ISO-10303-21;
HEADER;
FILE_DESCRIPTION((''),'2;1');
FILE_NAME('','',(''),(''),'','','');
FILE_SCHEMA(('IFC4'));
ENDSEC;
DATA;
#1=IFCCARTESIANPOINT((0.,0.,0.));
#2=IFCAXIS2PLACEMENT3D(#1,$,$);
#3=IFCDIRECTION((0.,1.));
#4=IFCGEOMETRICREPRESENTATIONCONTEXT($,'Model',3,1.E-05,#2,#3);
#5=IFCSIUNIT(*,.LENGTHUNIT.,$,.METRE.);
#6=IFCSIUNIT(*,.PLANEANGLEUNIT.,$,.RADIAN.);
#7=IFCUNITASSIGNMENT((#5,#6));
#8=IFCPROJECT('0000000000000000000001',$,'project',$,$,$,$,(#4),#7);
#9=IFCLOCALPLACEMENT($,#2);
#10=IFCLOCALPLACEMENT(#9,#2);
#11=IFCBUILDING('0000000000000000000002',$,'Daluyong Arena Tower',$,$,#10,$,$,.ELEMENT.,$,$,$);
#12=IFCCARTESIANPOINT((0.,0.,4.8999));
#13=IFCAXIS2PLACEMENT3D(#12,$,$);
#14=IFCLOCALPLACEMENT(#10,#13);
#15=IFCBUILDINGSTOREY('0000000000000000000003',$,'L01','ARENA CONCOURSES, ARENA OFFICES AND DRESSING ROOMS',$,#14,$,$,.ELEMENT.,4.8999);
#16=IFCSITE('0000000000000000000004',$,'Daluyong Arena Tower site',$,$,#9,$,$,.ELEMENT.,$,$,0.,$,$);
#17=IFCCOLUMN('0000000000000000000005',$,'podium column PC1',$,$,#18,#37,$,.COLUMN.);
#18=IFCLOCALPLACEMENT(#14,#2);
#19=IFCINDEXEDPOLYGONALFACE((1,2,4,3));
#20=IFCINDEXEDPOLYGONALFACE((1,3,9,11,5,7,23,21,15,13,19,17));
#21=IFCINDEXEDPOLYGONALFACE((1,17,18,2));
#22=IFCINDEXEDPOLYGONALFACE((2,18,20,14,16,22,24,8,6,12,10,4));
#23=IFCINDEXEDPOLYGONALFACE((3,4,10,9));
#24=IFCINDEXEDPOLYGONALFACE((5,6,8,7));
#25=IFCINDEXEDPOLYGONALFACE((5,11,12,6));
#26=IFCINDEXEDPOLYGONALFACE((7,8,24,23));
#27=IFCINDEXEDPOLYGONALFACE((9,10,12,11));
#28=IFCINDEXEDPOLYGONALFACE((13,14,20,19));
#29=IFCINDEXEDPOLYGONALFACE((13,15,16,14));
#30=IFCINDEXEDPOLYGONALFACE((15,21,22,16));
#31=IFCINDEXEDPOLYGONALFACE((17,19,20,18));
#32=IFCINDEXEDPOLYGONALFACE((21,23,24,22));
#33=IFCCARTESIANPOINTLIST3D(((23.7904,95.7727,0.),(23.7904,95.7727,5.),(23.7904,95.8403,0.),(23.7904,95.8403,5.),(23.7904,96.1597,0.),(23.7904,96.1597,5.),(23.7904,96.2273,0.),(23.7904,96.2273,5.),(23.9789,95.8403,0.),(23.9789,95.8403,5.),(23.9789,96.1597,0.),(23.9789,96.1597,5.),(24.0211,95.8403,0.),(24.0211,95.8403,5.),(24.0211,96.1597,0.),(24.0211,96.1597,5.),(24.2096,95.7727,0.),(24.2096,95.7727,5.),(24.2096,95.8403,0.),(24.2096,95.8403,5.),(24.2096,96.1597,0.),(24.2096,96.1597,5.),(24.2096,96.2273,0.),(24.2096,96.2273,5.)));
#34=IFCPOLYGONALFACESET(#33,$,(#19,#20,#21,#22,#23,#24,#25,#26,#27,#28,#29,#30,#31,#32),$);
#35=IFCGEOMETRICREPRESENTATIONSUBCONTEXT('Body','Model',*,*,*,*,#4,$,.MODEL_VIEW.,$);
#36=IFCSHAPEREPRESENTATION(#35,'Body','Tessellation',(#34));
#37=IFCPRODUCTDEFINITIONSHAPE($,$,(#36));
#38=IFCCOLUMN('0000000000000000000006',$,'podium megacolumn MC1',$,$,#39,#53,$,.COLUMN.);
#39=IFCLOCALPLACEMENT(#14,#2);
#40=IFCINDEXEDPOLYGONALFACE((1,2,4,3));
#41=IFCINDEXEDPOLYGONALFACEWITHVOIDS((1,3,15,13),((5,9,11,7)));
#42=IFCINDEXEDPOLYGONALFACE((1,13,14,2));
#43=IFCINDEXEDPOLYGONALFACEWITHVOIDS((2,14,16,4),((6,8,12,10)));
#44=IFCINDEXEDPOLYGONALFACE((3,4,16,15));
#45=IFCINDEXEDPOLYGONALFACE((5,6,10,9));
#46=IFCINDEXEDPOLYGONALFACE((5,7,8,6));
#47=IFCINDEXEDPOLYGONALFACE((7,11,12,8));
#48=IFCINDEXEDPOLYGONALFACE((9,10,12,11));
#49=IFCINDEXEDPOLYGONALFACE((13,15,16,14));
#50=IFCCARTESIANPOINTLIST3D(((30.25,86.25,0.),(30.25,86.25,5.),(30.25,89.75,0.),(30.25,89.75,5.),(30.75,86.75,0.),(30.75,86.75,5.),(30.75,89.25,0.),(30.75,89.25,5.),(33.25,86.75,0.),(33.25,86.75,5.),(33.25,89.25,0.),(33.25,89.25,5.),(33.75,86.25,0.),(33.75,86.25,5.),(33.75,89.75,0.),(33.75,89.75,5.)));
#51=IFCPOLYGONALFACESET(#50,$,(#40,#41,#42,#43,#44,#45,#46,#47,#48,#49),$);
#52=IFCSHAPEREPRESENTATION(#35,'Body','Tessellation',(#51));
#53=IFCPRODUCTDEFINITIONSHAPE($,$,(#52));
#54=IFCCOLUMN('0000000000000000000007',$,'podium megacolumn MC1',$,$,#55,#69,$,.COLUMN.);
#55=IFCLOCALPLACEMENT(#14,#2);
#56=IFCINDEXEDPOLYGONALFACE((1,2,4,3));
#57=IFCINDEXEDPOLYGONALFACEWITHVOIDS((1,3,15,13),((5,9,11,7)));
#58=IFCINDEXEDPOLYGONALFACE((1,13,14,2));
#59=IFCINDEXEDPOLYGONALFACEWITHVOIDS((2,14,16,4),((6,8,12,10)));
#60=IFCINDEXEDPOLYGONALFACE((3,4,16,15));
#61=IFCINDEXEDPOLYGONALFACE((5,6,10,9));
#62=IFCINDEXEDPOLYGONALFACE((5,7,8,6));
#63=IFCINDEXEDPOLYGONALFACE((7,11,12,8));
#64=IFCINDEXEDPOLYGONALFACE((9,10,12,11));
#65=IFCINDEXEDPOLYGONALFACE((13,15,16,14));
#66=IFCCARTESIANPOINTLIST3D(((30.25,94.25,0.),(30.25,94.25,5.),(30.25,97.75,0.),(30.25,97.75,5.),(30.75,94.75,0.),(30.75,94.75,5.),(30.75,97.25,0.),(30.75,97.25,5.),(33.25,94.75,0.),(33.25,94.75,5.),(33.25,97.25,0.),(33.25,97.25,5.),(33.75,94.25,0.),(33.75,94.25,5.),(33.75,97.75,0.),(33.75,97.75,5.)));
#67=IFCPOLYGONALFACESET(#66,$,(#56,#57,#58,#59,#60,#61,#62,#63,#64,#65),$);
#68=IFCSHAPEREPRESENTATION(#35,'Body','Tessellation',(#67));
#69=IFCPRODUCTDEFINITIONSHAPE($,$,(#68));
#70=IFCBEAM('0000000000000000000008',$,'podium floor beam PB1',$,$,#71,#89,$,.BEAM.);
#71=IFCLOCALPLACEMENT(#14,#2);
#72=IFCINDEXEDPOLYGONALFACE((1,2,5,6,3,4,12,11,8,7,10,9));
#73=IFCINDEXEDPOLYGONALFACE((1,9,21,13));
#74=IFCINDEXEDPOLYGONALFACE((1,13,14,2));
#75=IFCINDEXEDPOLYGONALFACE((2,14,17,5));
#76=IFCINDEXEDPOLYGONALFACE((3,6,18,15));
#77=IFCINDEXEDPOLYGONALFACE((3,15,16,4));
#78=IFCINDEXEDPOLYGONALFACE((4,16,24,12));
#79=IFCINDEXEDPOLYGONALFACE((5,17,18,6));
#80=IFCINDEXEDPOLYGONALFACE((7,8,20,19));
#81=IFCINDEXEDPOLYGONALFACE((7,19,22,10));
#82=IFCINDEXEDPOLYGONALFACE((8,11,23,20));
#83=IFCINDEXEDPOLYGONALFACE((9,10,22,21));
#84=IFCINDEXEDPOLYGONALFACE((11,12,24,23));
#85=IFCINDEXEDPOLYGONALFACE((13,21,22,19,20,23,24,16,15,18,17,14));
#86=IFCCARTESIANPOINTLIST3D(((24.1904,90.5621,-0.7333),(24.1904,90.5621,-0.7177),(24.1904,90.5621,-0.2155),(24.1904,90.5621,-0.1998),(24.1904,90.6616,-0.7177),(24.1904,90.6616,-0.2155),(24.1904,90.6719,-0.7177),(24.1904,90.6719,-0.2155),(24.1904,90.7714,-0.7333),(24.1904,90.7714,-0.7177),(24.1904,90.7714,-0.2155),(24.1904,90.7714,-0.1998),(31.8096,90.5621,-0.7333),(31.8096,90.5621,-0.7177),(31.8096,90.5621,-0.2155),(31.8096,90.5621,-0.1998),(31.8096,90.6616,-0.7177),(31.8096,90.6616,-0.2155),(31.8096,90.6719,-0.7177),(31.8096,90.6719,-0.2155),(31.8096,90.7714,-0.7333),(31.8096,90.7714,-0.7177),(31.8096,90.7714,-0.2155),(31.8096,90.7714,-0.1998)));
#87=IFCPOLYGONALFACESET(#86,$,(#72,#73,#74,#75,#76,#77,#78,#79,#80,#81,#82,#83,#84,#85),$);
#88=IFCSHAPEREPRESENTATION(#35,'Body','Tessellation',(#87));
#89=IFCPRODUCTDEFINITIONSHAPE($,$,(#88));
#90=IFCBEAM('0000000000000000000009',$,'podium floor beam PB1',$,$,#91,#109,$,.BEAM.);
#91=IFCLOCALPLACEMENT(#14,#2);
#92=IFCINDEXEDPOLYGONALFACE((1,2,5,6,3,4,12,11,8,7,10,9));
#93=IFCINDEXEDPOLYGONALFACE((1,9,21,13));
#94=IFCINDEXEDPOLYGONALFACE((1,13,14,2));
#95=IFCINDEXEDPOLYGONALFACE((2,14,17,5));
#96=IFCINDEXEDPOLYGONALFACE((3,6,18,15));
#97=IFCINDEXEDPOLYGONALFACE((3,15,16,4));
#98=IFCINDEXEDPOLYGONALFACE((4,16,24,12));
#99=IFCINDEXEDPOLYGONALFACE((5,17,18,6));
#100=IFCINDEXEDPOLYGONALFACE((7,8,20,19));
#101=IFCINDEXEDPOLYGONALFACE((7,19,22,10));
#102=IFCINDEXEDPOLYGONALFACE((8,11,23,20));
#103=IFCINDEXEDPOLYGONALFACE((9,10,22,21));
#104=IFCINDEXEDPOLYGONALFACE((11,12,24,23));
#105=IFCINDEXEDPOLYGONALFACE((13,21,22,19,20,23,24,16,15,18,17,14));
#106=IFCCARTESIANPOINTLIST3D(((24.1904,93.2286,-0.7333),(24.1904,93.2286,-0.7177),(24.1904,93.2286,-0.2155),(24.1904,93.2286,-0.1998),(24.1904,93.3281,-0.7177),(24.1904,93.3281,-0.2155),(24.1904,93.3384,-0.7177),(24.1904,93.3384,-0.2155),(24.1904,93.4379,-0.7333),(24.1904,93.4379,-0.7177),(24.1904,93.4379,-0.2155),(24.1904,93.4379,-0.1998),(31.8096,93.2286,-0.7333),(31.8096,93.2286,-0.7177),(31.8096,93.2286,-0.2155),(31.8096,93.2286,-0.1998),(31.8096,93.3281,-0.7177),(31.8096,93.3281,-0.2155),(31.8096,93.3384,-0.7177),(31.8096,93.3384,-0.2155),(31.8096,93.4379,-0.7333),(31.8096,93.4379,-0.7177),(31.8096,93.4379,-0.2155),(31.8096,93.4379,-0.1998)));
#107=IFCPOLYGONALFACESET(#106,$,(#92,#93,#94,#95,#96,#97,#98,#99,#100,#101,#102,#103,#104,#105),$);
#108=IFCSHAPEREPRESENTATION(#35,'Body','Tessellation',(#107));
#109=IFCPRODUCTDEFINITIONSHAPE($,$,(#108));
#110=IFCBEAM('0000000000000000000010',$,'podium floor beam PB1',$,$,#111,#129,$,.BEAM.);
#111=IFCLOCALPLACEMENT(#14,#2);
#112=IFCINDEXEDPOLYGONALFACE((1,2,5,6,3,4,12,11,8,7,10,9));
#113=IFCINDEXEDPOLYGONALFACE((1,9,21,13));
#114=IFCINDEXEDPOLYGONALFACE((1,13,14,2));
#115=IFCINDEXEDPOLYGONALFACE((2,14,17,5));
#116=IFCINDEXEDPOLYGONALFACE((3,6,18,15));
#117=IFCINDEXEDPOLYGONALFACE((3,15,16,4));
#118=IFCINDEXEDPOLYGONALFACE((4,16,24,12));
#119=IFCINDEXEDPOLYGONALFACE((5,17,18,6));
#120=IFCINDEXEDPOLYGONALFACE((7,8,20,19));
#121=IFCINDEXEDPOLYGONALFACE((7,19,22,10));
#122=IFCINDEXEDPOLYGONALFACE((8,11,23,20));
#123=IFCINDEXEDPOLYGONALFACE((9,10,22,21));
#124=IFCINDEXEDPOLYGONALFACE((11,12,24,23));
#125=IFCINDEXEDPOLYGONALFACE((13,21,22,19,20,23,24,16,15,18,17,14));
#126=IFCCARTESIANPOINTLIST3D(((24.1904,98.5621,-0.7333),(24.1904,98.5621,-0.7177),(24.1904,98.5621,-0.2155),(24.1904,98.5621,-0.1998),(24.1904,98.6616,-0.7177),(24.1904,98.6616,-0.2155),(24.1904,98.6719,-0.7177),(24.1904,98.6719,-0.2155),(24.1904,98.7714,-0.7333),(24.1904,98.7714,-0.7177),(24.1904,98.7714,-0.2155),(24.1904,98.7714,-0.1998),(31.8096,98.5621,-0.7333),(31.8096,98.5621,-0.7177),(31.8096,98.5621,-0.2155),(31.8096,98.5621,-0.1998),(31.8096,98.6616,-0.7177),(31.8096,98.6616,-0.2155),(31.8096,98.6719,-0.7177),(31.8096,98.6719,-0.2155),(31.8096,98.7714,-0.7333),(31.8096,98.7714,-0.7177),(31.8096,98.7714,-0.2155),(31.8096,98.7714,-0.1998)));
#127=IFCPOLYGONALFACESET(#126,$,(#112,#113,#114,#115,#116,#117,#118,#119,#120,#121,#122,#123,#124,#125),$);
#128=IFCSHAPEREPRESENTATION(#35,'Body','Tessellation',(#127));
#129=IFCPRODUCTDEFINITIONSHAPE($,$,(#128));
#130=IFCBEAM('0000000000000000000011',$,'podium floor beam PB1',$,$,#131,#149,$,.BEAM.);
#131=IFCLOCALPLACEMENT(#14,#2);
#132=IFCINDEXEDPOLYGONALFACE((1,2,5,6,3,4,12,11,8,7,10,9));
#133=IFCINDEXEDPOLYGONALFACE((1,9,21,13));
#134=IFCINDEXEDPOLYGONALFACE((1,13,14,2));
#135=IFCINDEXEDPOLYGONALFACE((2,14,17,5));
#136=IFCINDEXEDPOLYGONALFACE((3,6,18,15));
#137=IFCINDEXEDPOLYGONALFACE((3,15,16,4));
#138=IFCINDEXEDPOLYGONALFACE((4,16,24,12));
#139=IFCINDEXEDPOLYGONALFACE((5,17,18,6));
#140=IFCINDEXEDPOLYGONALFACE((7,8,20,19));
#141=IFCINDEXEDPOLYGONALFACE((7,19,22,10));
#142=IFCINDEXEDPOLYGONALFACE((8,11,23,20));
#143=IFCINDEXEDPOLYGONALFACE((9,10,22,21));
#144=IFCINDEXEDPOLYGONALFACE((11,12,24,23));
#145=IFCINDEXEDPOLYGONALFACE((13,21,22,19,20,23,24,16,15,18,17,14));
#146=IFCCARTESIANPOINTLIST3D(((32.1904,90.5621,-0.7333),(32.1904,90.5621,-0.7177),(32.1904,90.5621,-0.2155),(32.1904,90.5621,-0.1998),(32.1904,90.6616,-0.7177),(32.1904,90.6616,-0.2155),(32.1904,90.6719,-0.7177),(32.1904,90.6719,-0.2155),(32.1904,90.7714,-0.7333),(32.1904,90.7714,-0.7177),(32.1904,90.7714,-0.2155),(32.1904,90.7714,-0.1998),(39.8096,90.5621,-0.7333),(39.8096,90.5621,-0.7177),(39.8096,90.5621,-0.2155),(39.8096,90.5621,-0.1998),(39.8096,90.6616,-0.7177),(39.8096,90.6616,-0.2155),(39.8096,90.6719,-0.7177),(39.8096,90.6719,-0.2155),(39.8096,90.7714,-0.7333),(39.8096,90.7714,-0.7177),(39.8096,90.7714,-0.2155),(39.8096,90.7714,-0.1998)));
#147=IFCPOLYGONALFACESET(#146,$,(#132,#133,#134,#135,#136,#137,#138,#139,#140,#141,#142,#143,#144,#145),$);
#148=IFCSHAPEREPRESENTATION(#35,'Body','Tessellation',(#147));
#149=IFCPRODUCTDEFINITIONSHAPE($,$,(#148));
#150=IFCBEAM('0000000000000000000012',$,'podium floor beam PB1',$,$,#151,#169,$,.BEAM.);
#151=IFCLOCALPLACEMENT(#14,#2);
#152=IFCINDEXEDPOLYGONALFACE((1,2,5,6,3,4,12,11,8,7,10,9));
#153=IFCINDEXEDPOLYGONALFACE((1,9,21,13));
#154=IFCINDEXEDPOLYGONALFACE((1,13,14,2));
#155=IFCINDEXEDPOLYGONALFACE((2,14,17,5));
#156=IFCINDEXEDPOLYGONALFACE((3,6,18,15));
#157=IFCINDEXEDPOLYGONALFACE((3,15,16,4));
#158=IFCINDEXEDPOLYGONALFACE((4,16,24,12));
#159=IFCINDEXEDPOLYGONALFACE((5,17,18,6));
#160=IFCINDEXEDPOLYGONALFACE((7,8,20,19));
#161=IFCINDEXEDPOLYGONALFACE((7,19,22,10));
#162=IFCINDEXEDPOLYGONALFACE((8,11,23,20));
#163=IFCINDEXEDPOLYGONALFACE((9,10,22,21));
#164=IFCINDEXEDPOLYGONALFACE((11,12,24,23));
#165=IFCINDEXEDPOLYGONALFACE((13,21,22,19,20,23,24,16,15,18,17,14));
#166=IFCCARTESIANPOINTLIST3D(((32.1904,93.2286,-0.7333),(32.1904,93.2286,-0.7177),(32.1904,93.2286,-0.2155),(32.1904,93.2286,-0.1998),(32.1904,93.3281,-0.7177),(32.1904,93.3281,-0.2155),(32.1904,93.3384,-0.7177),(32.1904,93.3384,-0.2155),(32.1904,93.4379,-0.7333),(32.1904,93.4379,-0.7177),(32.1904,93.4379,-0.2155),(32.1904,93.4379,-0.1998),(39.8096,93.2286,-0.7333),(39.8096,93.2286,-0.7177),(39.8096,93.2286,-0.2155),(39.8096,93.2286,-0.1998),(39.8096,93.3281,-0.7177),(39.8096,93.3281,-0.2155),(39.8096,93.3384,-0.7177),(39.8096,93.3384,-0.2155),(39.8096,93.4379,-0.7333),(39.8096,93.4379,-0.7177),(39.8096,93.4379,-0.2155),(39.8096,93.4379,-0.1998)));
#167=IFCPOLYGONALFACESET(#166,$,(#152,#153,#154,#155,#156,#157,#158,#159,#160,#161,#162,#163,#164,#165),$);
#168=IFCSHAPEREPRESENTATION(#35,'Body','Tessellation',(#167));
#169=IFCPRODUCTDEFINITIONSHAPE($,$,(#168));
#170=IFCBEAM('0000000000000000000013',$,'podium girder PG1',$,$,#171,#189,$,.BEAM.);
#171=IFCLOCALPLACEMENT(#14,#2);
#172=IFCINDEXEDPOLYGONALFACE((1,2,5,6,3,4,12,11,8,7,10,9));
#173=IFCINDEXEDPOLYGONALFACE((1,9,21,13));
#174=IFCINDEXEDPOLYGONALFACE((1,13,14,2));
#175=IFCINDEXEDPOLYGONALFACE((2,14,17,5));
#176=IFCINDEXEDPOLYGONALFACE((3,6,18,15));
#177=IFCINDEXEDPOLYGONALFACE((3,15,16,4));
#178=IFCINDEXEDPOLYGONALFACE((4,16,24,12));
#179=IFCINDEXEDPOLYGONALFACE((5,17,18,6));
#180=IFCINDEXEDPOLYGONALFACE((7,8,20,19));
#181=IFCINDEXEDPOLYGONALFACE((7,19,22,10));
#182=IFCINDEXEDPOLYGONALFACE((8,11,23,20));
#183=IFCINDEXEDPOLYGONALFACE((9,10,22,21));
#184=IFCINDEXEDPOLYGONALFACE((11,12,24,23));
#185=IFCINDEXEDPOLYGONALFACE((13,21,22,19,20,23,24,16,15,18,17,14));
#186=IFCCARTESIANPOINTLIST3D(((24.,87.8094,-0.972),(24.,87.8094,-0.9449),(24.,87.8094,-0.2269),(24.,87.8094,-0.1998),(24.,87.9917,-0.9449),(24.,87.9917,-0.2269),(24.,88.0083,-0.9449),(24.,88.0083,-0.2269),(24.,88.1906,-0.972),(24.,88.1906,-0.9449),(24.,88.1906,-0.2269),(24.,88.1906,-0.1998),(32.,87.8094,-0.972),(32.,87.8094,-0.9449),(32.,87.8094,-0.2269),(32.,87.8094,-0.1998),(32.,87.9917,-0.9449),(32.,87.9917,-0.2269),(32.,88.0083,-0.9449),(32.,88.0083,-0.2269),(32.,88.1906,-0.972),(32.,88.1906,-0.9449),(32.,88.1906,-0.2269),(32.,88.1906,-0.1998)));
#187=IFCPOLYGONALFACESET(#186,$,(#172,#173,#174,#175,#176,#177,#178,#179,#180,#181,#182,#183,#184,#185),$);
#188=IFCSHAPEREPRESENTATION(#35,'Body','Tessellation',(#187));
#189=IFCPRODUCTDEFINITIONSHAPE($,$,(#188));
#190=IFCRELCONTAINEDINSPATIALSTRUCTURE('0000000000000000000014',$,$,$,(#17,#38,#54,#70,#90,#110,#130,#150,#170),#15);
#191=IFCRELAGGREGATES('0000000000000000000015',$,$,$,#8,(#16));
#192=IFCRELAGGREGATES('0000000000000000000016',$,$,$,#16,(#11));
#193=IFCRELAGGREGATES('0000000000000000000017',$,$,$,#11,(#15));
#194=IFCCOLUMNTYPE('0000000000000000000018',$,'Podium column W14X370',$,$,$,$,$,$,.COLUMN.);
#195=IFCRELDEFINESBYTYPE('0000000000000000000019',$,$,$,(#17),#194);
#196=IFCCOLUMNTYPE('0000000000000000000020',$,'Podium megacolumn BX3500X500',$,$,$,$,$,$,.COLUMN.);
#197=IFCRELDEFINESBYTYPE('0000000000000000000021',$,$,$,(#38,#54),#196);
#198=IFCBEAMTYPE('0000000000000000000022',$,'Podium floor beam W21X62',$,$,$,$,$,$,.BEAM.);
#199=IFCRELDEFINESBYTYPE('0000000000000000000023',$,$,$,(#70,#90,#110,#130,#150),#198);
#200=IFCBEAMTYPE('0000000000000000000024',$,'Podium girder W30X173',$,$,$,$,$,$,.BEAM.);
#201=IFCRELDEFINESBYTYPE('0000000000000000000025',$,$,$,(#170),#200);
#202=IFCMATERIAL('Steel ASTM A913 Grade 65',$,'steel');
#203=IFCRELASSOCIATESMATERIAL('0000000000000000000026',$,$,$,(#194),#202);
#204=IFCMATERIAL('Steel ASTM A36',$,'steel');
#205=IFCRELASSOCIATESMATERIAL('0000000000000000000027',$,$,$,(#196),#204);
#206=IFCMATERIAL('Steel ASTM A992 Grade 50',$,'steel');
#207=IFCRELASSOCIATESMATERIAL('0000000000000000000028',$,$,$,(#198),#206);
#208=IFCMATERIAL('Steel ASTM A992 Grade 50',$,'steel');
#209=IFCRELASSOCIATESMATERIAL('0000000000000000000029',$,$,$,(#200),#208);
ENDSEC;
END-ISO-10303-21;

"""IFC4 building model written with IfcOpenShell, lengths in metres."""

from ifc_helpers import new_model, si_unit, direction, frame, origin, origin_2d, place, context, subcontext, project, spatial, hollow_rectangle, i_section, extrude, material, material_profile, profile_set, type_object, element, save


model = new_model("IFC4")

# Units and contexts
model_context = context("Model", 3, precision=1e-05, world=origin(), true_north=direction((0.0, 1.0)))
body_context = subcontext(model_context, "Body", "Model", "MODEL_VIEW")
ifc_project = project(units=[si_unit("LENGTHUNIT", "METRE"), si_unit("PLANEANGLEUNIT", "RADIAN")], contexts=[model_context])

# Site, building, storey
site_placement = place(None, origin())
site = spatial("IfcSite", under=ifc_project, at=site_placement, Name="Daluyong Arena Tower site", CompositionType="ELEMENT", RefElevation=0.0)
building_placement = place(site_placement, origin())
building = spatial("IfcBuilding", under=site, at=building_placement, Name="Daluyong Arena Tower", CompositionType="ELEMENT")
storey_placement = place(building_placement, frame((0.0, 0.0, 4.8999)))
storey = spatial("IfcBuildingStorey", under=building, at=storey_placement, Name="L01", Description="ARENA CONCOURSES, ARENA OFFICES AND DRESSING ROOMS", CompositionType="ELEMENT", Elevation=4.8999)

# Columns
ifc_material_1 = material(Name="Steel ASTM A913 Grade 65", Category="steel")
ifc_material_profile_1 = material_profile(ifc_material_1, i_section(OverallWidth=0.4192, OverallDepth=0.4546, WebThickness=0.0422, FlangeThickness=0.0676, at=origin_2d()))
ifc_profile_set_1 = profile_set([ifc_material_profile_1], Name="Steel ASTM A913 Grade 65")
column_type_1 = type_object("IfcColumnType", Name="Podium column W14X370", PredefinedType="COLUMN", material=ifc_profile_set_1)
column_placement = place(storey_placement, frame((24.0, 96.0, 0.0), z_axis=(0.0, 0.0, 1.0), x_axis=(1.0, 0.0, 0.0)))
element("IfcColumn", 1, at=column_placement, inside=storey, type_object=column_type_1, Name="podium column PC1", PredefinedType="COLUMN", context=body_context, shape_type="SweptSolid", body=[
    extrude(i_section(OverallWidth=0.4192, OverallDepth=0.4546, WebThickness=0.0422, FlangeThickness=0.0676, at=origin_2d()), origin(), (0.0, 0.0, 1.0), 5.0),
])
ifc_material_2 = material(Name="Steel ASTM A36", Category="steel")
ifc_material_profile_2 = material_profile(ifc_material_2, hollow_rectangle(XDim=3.5, YDim=3.5, WallThickness=0.5, at=origin_2d()))
ifc_profile_set_2 = profile_set([ifc_material_profile_2], Name="Steel ASTM A36")
column_type_2 = type_object("IfcColumnType", Name="Podium megacolumn BX3500X500", PredefinedType="COLUMN", material=ifc_profile_set_2)
for number, where, z_axis, x_axis, name in (
    (2, (32.0, 88.0, 0.0), (0.0, 0.0, 1.0), (1.0, 0.0, 0.0), "podium megacolumn MC1"),
    (3, (32.0, 96.0, 0.0), (0.0, 0.0, 1.0), (1.0, 0.0, 0.0), "podium megacolumn MC1"),
):
    element("IfcColumn", number, at=place(storey_placement, frame(where, z_axis=z_axis, x_axis=x_axis)), inside=storey, type_object=column_type_2, Name=name, PredefinedType="COLUMN", context=body_context, shape_type="SweptSolid", body=[
        extrude(hollow_rectangle(XDim=3.5, YDim=3.5, WallThickness=0.5, at=origin_2d()), origin(), (0.0, 0.0, 1.0), 5.0),
    ])

# Beams
ifc_material_3 = material(Name="Steel ASTM A992 Grade 50", Category="steel")
ifc_material_profile_3 = material_profile(ifc_material_3, i_section(OverallWidth=0.2092, OverallDepth=0.5334, WebThickness=0.0103, FlangeThickness=0.0156, at=origin_2d()))
ifc_profile_set_3 = profile_set([ifc_material_profile_3], Name="Steel ASTM A992 Grade 50")
beam_type_1 = type_object("IfcBeamType", Name="Podium floor beam W21X62", PredefinedType="BEAM", material=ifc_profile_set_3)
for number, where, z_axis, x_axis, name in (
    (4, (24.1904, 90.6667, -0.4666), (1.0, 0.0, 0.0), (0.0, 1.0, 0.0), "podium floor beam PB1"),
    (5, (24.1904, 93.3333, -0.4666), (1.0, 0.0, 0.0), (0.0, 1.0, 0.0), "podium floor beam PB1"),
    (6, (24.1904, 98.6667, -0.4666), (1.0, 0.0, 0.0), (0.0, 1.0, 0.0), "podium floor beam PB1"),
    (7, (32.1904, 90.6667, -0.4666), (1.0, 0.0, 0.0), (0.0, 1.0, 0.0), "podium floor beam PB1"),
    (8, (32.1904, 93.3333, -0.4666), (1.0, 0.0, 0.0), (0.0, 1.0, 0.0), "podium floor beam PB1"),
):
    element("IfcBeam", number, at=place(storey_placement, frame(where, z_axis=z_axis, x_axis=x_axis)), inside=storey, type_object=beam_type_1, Name=name, PredefinedType="BEAM", context=body_context, shape_type="SweptSolid", body=[
        extrude(i_section(OverallWidth=0.2092, OverallDepth=0.5334, WebThickness=0.0103, FlangeThickness=0.0156, at=origin_2d()), origin(), (0.0, 0.0, 1.0), 7.6191),
    ])
ifc_material_4 = material(Name="Steel ASTM A992 Grade 50", Category="steel")
ifc_material_profile_4 = material_profile(ifc_material_4, i_section(OverallWidth=0.3811, OverallDepth=0.7722, WebThickness=0.0166, FlangeThickness=0.0271, at=origin_2d()))
ifc_profile_set_4 = profile_set([ifc_material_profile_4], Name="Steel ASTM A992 Grade 50")
beam_type_2 = type_object("IfcBeamType", Name="Podium girder W30X173", PredefinedType="BEAM", material=ifc_profile_set_4)
for number, where, z_axis, x_axis, name in (
    (9, (24.0, 88.0, -0.5859), (1.0, 0.0, 0.0), (0.0, 1.0, 0.0), "podium girder PG1"),
):
    element("IfcBeam", number, at=place(storey_placement, frame(where, z_axis=z_axis, x_axis=x_axis)), inside=storey, type_object=beam_type_2, Name=name, PredefinedType="BEAM", context=body_context, shape_type="SweptSolid", body=[
        extrude(i_section(OverallWidth=0.3811, OverallDepth=0.7722, WebThickness=0.0166, FlangeThickness=0.0271, at=origin_2d()), origin(), (0.0, 0.0, 1.0), 8.0),
    ])

save(model, "model.ifc")
